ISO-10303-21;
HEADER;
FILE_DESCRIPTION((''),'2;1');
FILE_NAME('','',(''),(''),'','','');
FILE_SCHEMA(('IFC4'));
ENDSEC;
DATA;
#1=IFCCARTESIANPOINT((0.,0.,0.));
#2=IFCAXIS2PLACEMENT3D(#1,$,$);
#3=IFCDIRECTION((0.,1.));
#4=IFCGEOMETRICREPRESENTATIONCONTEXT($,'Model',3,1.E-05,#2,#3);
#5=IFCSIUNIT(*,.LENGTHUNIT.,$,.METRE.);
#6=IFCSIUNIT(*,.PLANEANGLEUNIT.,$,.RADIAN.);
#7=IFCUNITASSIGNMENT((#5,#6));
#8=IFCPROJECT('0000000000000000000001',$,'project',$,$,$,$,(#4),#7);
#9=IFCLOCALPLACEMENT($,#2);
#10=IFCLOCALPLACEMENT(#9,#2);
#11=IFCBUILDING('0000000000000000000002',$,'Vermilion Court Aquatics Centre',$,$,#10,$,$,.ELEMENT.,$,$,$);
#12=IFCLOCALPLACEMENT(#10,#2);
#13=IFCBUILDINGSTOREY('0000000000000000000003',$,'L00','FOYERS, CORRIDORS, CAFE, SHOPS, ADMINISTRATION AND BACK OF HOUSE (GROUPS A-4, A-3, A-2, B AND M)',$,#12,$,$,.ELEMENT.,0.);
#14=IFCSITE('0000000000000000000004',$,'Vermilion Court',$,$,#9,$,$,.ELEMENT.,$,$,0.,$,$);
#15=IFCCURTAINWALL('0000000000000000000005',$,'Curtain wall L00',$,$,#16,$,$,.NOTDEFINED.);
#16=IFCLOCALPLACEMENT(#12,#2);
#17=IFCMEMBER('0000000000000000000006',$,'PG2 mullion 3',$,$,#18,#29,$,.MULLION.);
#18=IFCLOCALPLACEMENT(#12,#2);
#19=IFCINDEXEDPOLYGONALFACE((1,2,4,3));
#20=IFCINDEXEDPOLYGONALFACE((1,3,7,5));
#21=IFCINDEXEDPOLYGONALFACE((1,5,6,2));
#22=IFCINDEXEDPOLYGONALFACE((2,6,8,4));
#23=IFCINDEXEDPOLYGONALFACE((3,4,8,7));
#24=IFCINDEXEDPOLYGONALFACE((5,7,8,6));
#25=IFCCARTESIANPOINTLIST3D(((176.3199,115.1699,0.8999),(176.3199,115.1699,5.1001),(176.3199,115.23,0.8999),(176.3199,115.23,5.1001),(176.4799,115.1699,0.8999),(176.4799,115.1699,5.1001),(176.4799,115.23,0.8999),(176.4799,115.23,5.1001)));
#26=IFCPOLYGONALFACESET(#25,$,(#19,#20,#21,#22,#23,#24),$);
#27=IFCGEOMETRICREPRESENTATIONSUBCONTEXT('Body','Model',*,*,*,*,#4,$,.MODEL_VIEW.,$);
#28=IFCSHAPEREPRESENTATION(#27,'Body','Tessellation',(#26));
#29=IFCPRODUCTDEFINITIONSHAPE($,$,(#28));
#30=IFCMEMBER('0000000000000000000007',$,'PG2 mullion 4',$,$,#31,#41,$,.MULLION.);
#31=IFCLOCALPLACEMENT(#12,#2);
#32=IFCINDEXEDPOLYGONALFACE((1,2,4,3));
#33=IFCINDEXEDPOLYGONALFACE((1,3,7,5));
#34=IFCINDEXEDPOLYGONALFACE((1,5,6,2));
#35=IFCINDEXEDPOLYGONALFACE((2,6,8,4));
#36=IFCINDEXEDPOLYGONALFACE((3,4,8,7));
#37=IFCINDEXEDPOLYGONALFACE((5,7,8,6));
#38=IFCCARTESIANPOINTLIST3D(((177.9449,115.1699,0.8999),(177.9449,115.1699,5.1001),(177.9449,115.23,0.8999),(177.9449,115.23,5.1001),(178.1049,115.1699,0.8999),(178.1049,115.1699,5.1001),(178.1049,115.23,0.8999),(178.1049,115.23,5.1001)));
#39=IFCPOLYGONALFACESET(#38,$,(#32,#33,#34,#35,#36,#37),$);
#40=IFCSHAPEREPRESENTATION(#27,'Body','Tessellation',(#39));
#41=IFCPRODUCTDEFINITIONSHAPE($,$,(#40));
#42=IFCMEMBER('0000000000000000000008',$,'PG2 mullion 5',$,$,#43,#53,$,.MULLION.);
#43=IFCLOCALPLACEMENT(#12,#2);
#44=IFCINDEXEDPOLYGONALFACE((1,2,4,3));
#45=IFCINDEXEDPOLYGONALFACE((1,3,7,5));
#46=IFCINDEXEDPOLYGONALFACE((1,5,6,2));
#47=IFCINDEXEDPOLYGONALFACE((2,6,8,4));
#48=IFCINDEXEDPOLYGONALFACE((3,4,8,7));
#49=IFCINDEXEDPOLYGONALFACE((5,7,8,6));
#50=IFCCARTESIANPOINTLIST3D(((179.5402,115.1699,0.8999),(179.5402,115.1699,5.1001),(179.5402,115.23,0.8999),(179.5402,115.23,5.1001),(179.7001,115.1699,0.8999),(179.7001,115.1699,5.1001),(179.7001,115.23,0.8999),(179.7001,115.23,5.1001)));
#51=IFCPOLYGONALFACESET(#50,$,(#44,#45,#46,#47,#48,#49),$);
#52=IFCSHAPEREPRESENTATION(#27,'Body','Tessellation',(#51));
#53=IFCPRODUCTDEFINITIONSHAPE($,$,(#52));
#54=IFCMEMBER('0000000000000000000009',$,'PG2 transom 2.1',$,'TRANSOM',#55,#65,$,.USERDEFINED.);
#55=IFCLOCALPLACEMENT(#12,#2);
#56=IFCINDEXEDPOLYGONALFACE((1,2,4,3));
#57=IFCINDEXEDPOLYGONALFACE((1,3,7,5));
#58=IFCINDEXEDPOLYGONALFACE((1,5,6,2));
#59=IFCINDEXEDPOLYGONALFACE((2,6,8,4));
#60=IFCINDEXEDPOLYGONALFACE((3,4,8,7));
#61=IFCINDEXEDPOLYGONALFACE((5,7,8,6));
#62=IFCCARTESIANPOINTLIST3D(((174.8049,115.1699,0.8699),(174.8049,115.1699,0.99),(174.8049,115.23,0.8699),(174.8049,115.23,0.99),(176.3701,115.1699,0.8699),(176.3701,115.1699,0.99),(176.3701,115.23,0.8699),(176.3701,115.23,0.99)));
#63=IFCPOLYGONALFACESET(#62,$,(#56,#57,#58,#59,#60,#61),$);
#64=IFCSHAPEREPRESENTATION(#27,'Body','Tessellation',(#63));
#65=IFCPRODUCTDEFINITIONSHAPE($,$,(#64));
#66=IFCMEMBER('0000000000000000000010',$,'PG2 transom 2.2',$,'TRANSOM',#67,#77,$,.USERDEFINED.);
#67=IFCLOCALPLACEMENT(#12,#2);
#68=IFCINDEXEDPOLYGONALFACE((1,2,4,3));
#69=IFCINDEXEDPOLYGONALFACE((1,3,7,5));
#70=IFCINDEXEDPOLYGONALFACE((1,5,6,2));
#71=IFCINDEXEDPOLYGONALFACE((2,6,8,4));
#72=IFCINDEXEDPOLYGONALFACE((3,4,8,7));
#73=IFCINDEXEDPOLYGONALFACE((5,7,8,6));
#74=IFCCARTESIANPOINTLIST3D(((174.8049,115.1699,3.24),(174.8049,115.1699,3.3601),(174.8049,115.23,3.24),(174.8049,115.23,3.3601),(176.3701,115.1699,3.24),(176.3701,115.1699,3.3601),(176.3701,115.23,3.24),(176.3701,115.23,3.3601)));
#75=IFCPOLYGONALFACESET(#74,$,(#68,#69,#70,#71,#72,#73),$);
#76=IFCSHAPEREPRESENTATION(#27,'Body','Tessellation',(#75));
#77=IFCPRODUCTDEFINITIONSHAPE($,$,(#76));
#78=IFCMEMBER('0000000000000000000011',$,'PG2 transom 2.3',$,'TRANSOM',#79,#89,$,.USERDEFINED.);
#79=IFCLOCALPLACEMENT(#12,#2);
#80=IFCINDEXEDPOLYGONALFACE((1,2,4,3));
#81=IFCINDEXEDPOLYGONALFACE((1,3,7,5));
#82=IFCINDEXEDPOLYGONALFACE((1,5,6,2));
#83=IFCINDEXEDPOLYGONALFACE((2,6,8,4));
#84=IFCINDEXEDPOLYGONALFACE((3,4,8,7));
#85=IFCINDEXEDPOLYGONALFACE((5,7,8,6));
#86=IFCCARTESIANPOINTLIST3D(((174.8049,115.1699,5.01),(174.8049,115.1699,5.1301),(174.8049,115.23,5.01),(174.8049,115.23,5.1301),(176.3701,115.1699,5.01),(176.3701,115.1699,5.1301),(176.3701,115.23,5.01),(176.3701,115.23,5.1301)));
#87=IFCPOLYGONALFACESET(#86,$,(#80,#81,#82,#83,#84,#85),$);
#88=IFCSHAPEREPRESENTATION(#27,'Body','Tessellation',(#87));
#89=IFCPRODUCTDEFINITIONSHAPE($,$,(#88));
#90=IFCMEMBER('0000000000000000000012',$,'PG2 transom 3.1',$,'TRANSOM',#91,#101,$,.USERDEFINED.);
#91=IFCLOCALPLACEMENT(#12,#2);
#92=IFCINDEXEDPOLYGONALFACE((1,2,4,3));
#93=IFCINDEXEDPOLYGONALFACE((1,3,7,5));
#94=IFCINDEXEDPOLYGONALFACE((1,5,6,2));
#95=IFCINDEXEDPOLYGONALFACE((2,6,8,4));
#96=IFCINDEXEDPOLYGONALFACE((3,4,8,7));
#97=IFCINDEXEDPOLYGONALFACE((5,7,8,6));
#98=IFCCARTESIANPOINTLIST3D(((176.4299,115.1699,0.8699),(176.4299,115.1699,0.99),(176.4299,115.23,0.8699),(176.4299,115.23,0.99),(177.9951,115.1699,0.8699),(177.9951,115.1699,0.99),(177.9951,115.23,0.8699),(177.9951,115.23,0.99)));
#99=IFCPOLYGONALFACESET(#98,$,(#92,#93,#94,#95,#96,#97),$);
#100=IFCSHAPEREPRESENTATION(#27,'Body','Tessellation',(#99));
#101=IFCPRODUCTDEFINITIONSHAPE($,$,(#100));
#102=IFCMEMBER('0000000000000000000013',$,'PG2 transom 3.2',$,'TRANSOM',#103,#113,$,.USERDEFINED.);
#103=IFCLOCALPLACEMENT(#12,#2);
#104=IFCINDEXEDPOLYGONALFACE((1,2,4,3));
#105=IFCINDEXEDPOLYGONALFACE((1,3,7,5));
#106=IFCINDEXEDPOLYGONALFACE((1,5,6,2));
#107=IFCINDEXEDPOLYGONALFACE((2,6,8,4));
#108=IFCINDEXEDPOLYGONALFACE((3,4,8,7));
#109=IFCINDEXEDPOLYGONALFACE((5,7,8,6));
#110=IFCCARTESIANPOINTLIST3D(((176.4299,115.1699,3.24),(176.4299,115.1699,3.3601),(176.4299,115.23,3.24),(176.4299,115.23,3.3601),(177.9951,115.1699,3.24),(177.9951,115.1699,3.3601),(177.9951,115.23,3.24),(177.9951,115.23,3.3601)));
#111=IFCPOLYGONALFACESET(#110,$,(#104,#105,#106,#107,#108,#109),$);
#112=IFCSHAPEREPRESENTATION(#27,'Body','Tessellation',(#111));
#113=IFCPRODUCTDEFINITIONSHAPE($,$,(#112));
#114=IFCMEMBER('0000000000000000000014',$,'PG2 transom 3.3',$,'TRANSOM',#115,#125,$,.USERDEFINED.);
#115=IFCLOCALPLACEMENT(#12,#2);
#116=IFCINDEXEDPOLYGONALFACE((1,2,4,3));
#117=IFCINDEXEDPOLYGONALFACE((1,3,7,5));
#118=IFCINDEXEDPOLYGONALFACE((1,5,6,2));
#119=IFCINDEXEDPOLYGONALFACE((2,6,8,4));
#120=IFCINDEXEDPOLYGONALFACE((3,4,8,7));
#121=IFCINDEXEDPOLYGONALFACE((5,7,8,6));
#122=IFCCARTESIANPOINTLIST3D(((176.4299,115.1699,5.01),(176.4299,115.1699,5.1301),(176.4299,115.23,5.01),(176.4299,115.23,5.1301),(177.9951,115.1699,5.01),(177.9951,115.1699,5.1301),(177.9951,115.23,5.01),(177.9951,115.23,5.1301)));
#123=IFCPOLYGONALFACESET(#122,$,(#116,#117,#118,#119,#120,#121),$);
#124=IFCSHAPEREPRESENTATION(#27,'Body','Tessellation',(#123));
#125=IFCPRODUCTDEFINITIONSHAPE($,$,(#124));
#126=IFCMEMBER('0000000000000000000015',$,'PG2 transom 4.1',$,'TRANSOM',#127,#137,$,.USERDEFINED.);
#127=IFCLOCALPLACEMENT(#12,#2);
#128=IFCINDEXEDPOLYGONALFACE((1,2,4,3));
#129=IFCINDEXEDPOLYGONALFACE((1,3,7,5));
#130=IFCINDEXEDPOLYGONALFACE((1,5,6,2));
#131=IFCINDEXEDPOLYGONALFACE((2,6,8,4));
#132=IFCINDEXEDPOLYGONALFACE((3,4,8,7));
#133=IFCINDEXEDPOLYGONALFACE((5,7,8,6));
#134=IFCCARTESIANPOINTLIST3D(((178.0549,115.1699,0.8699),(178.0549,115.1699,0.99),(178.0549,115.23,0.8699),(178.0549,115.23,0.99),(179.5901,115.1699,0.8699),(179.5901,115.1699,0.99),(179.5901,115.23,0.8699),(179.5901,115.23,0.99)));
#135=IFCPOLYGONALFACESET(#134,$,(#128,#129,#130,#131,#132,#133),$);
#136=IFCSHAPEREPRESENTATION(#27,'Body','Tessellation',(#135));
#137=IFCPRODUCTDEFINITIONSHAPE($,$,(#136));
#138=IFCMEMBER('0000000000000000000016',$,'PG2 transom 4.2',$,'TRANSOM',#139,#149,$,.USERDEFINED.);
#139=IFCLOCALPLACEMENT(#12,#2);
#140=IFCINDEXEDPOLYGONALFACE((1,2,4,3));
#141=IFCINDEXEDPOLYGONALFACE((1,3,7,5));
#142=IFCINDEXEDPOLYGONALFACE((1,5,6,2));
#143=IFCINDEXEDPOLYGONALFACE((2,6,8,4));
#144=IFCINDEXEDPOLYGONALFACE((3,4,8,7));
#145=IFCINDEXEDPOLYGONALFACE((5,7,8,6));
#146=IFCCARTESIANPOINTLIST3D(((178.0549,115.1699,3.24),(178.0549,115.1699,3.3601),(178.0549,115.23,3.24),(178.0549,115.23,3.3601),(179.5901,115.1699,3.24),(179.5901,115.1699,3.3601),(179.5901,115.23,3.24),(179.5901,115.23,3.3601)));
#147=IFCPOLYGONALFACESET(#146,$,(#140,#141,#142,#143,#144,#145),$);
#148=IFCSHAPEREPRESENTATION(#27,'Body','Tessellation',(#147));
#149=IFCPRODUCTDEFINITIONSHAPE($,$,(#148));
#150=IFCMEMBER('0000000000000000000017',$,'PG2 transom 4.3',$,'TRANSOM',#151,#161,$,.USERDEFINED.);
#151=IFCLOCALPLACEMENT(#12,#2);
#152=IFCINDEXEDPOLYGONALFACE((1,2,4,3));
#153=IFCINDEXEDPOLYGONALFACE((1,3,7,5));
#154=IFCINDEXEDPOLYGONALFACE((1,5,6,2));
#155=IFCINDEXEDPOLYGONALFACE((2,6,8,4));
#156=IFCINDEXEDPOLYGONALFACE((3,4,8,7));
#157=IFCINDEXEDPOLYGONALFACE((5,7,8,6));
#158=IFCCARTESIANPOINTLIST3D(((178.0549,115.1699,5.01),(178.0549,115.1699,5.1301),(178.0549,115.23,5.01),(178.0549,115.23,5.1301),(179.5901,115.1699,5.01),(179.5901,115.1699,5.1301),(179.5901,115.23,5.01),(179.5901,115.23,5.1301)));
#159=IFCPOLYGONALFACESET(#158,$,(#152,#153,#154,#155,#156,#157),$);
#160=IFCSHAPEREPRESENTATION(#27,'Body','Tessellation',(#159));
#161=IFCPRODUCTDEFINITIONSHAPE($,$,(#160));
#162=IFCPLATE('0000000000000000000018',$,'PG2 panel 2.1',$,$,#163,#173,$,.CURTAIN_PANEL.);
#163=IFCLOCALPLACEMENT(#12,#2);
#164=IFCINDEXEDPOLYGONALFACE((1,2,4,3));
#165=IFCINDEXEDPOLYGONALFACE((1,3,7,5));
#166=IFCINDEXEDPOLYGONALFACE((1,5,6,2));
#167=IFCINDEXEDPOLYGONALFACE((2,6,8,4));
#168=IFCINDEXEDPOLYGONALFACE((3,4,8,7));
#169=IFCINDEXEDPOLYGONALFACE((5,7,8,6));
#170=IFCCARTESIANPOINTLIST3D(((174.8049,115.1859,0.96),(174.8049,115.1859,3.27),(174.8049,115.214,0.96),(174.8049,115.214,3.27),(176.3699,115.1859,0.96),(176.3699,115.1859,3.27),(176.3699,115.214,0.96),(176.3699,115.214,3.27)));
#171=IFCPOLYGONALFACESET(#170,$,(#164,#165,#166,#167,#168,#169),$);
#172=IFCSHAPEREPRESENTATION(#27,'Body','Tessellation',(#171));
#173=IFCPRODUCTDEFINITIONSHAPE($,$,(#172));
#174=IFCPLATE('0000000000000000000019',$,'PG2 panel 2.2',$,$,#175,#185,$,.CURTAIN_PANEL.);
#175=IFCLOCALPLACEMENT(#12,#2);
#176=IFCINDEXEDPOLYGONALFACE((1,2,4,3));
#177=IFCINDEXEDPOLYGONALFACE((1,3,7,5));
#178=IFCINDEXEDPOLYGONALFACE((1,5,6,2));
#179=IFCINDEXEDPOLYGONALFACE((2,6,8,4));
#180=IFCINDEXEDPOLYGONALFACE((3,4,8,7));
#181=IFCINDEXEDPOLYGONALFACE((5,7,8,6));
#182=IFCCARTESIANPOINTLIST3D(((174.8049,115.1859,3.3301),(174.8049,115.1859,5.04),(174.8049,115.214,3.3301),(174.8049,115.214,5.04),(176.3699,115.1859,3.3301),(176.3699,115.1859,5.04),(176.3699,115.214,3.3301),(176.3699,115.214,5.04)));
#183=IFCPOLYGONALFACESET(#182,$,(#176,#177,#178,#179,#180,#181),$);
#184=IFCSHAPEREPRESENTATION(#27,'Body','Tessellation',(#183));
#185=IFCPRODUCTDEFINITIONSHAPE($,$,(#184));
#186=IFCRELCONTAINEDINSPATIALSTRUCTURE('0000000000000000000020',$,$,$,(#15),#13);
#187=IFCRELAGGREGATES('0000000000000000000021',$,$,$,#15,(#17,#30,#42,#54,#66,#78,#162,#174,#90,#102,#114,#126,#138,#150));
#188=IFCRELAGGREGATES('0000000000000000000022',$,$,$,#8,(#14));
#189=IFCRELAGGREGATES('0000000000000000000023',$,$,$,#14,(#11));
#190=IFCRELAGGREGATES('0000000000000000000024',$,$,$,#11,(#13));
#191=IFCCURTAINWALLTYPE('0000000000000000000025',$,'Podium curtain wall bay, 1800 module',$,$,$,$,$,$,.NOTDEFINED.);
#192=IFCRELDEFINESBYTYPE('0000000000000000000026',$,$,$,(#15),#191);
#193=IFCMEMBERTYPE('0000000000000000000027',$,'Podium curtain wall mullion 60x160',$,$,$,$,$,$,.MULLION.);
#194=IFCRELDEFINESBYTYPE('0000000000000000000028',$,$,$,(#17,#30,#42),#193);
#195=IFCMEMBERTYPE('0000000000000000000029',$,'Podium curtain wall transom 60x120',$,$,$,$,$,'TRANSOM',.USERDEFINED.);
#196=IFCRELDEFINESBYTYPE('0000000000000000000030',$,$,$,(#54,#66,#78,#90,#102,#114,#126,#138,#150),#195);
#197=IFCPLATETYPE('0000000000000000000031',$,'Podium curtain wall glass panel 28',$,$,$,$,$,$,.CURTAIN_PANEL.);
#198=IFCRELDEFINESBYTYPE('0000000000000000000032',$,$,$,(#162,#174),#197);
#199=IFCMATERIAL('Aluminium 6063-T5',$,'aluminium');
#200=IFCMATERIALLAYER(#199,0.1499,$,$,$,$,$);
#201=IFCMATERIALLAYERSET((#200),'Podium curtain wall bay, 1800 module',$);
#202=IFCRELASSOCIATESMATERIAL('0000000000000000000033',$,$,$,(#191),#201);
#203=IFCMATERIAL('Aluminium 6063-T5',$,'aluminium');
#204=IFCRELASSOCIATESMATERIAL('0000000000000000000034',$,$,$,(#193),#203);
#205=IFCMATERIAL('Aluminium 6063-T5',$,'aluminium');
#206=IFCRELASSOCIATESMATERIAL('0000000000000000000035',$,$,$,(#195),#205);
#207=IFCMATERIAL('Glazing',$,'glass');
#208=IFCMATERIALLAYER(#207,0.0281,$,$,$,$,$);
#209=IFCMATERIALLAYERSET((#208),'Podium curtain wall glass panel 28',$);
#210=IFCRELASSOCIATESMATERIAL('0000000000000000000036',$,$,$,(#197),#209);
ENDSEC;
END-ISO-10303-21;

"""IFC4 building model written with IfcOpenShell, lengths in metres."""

from ifc_helpers import new_model, si_unit, direction, frame, origin, origin_2d, place, context, subcontext, project, spatial, rectangle, extrude, material, layer, layer_set, material_profile, profile_set, type_object, element, aggregate, save


model = new_model("IFC4")

# Units and contexts
model_context = context("Model", 3, precision=1e-05, world=origin(), true_north=direction((0.0, 1.0)))
body_context = subcontext(model_context, "Body", "Model", "MODEL_VIEW")
ifc_project = project(units=[si_unit("LENGTHUNIT", "METRE"), si_unit("PLANEANGLEUNIT", "RADIAN")], contexts=[model_context])

# Site, building, storey
site_placement = place(None, origin())
site = spatial("IfcSite", under=ifc_project, at=site_placement, Name="Vermilion Court", CompositionType="ELEMENT", RefElevation=0.0)
building_placement = place(site_placement, origin())
building = spatial("IfcBuilding", under=site, at=building_placement, Name="Vermilion Court Aquatics Centre", CompositionType="ELEMENT")
storey_placement = place(building_placement, origin())
storey = spatial("IfcBuildingStorey", under=building, at=storey_placement, Name="L00", Description="FOYERS, CORRIDORS, CAFE, SHOPS, ADMINISTRATION AND BACK OF HOUSE (GROUPS A-4, A-3, A-2, B AND M)", CompositionType="ELEMENT", Elevation=0.0)

# Curtain wall, members, plates
ifc_material_1 = material(Name="Aluminium 6063-T5", Category="aluminium")
ifc_layer_1 = layer(ifc_material_1, 0.1499)
ifc_layer_set_1 = layer_set([ifc_layer_1], Name="Podium curtain wall bay, 1800 module")
curtain_wall_type = type_object("IfcCurtainWallType", Name="Podium curtain wall bay, 1800 module", PredefinedType="NOTDEFINED", material=ifc_layer_set_1)
curtain_wall_placement = place(storey_placement, origin())
curtain_wall = element("IfcCurtainWall", 1, at=curtain_wall_placement, inside=storey, type_object=curtain_wall_type, Name="Curtain wall L00", PredefinedType="NOTDEFINED")
ifc_material_2 = material(Name="Aluminium 6063-T5", Category="aluminium")
ifc_material_profile_1 = material_profile(ifc_material_2, rectangle(XDim=0.0601, YDim=0.1599, at=origin_2d()), Name="Mullion 60x160")
ifc_profile_set_1 = profile_set([ifc_material_profile_1], Name="Aluminium 6063-T5")
member_type_1 = type_object("IfcMemberType", Name="Podium curtain wall mullion 60x160", PredefinedType="MULLION", material=ifc_profile_set_1)
member_1_placement = place(storey_placement, frame((176.3999, 115.2, 0.8999), z_axis=(0.0, 0.0, 1.0), x_axis=(0.0, 1.0, 0.0)))
member_1 = element("IfcMember", 2, at=member_1_placement, type_object=member_type_1, Name="PG2 mullion 3", PredefinedType="MULLION", context=body_context, shape_type="SweptSolid", body=[
    extrude(rectangle(XDim=0.0601, YDim=0.1599, at=origin_2d()), origin(), (0.0, 0.0, 1.0), 4.2002),
])
member_2_placement = place(storey_placement, frame((178.0249, 115.2, 0.8999), z_axis=(0.0, 0.0, 1.0), x_axis=(0.0, 1.0, 0.0)))
member_2 = element("IfcMember", 3, at=member_2_placement, type_object=member_type_1, Name="PG2 mullion 4", PredefinedType="MULLION", context=body_context, shape_type="SweptSolid", body=[
    extrude(rectangle(XDim=0.0601, YDim=0.1599, at=origin_2d()), origin(), (0.0, 0.0, 1.0), 4.2002),
])
member_3_placement = place(storey_placement, frame((179.6201, 115.2, 0.8999), z_axis=(0.0, 0.0, 1.0), x_axis=(0.0, 1.0, 0.0)))
member_3 = element("IfcMember", 4, at=member_3_placement, type_object=member_type_1, Name="PG2 mullion 5", PredefinedType="MULLION", context=body_context, shape_type="SweptSolid", body=[
    extrude(rectangle(XDim=0.0601, YDim=0.1599, at=origin_2d()), origin(), (0.0, 0.0, 1.0), 4.2002),
])
ifc_material_3 = material(Name="Aluminium 6063-T5", Category="aluminium")
ifc_material_profile_2 = material_profile(ifc_material_3, rectangle(XDim=0.0601, YDim=0.1201, at=origin_2d()), Name="Transom 60x120")
ifc_profile_set_2 = profile_set([ifc_material_profile_2], Name="Aluminium 6063-T5")
member_type_2 = type_object("IfcMemberType", Name="Podium curtain wall transom 60x120", ElementType="TRANSOM", PredefinedType="USERDEFINED", material=ifc_profile_set_2)
member_4_placement = place(storey_placement, frame((174.8049, 115.2, 0.9299), z_axis=(1.0, 0.0, 0.0), x_axis=(0.0, 1.0, 0.0)))
member_4 = element("IfcMember", 5, at=member_4_placement, type_object=member_type_2, Name="PG2 transom 2.1", ObjectType="TRANSOM", PredefinedType="USERDEFINED", context=body_context, shape_type="SweptSolid", body=[
    extrude(rectangle(XDim=0.0601, YDim=0.1201, at=origin_2d()), origin(), (0.0, 0.0, 1.0), 1.5652),
])
member_5_placement = place(storey_placement, frame((174.8049, 115.2, 3.3), z_axis=(1.0, 0.0, 0.0), x_axis=(0.0, 1.0, 0.0)))
member_5 = element("IfcMember", 6, at=member_5_placement, type_object=member_type_2, Name="PG2 transom 2.2", ObjectType="TRANSOM", PredefinedType="USERDEFINED", context=body_context, shape_type="SweptSolid", body=[
    extrude(rectangle(XDim=0.0601, YDim=0.1201, at=origin_2d()), origin(), (0.0, 0.0, 1.0), 1.5652),
])
member_6_placement = place(storey_placement, frame((174.8049, 115.2, 5.0701), z_axis=(1.0, 0.0, 0.0), x_axis=(0.0, 1.0, 0.0)))
member_6 = element("IfcMember", 7, at=member_6_placement, type_object=member_type_2, Name="PG2 transom 2.3", ObjectType="TRANSOM", PredefinedType="USERDEFINED", context=body_context, shape_type="SweptSolid", body=[
    extrude(rectangle(XDim=0.0601, YDim=0.1201, at=origin_2d()), origin(), (0.0, 0.0, 1.0), 1.5652),
])
member_7_placement = place(storey_placement, frame((176.4299, 115.2, 0.9299), z_axis=(1.0, 0.0, 0.0), x_axis=(0.0, 1.0, 0.0)))
member_7 = element("IfcMember", 8, at=member_7_placement, type_object=member_type_2, Name="PG2 transom 3.1", ObjectType="TRANSOM", PredefinedType="USERDEFINED", context=body_context, shape_type="SweptSolid", body=[
    extrude(rectangle(XDim=0.0601, YDim=0.1201, at=origin_2d()), origin(), (0.0, 0.0, 1.0), 1.5652),
])
member_8_placement = place(storey_placement, frame((176.4299, 115.2, 3.3), z_axis=(1.0, 0.0, 0.0), x_axis=(0.0, 1.0, 0.0)))
member_8 = element("IfcMember", 9, at=member_8_placement, type_object=member_type_2, Name="PG2 transom 3.2", ObjectType="TRANSOM", PredefinedType="USERDEFINED", context=body_context, shape_type="SweptSolid", body=[
    extrude(rectangle(XDim=0.0601, YDim=0.1201, at=origin_2d()), origin(), (0.0, 0.0, 1.0), 1.5652),
])
member_9_placement = place(storey_placement, frame((176.4299, 115.2, 5.0701), z_axis=(1.0, 0.0, 0.0), x_axis=(0.0, 1.0, 0.0)))
member_9 = element("IfcMember", 10, at=member_9_placement, type_object=member_type_2, Name="PG2 transom 3.3", ObjectType="TRANSOM", PredefinedType="USERDEFINED", context=body_context, shape_type="SweptSolid", body=[
    extrude(rectangle(XDim=0.0601, YDim=0.1201, at=origin_2d()), origin(), (0.0, 0.0, 1.0), 1.5652),
])
member_10_placement = place(storey_placement, frame((178.0549, 115.2, 0.9299), z_axis=(1.0, 0.0, 0.0), x_axis=(0.0, 1.0, 0.0)))
member_10 = element("IfcMember", 11, at=member_10_placement, type_object=member_type_2, Name="PG2 transom 4.1", ObjectType="TRANSOM", PredefinedType="USERDEFINED", context=body_context, shape_type="SweptSolid", body=[
    extrude(rectangle(XDim=0.0601, YDim=0.1201, at=origin_2d()), origin(), (0.0, 0.0, 1.0), 1.5352),
])
member_11_placement = place(storey_placement, frame((178.0549, 115.2, 3.3), z_axis=(1.0, 0.0, 0.0), x_axis=(0.0, 1.0, 0.0)))
member_11 = element("IfcMember", 12, at=member_11_placement, type_object=member_type_2, Name="PG2 transom 4.2", ObjectType="TRANSOM", PredefinedType="USERDEFINED", context=body_context, shape_type="SweptSolid", body=[
    extrude(rectangle(XDim=0.0601, YDim=0.1201, at=origin_2d()), origin(), (0.0, 0.0, 1.0), 1.5352),
])
member_12_placement = place(storey_placement, frame((178.0549, 115.2, 5.0701), z_axis=(1.0, 0.0, 0.0), x_axis=(0.0, 1.0, 0.0)))
member_12 = element("IfcMember", 13, at=member_12_placement, type_object=member_type_2, Name="PG2 transom 4.3", ObjectType="TRANSOM", PredefinedType="USERDEFINED", context=body_context, shape_type="SweptSolid", body=[
    extrude(rectangle(XDim=0.0601, YDim=0.1201, at=origin_2d()), origin(), (0.0, 0.0, 1.0), 1.5352),
])
ifc_material_4 = material(Name="Glazing", Category="glass")
ifc_layer_2 = layer(ifc_material_4, 0.0281)
ifc_layer_set_2 = layer_set([ifc_layer_2], Name="Podium curtain wall glass panel 28")
plate_type = type_object("IfcPlateType", Name="Podium curtain wall glass panel 28", PredefinedType="CURTAIN_PANEL", material=ifc_layer_set_2)
plate_1_placement = place(storey_placement, frame((175.5874, 115.2, 0.96), z_axis=(0.0, 0.0, 1.0), x_axis=(1.0, 0.0, 0.0)))
plate_1 = element("IfcPlate", 14, at=plate_1_placement, type_object=plate_type, Name="PG2 panel 2.1", PredefinedType="CURTAIN_PANEL", context=body_context, shape_type="SweptSolid", body=[
    extrude(rectangle(XDim=1.5649, YDim=0.0281, at=origin_2d()), origin(), (0.0, 0.0, 1.0), 2.3101),
])
plate_2_placement = place(storey_placement, frame((175.5874, 115.2, 3.3301), z_axis=(0.0, 0.0, 1.0), x_axis=(1.0, 0.0, 0.0)))
plate_2 = element("IfcPlate", 15, at=plate_2_placement, type_object=plate_type, Name="PG2 panel 2.2", PredefinedType="CURTAIN_PANEL", context=body_context, shape_type="SweptSolid", body=[
    extrude(rectangle(XDim=1.5649, YDim=0.0281, at=origin_2d()), origin(), (0.0, 0.0, 1.0), 1.71),
])
aggregate(curtain_wall, [member_1, member_2, member_3, member_4, member_5, member_6, plate_1, plate_2, member_7, member_8, member_9, member_10, member_11, member_12])

save(model, "model.ifc")
